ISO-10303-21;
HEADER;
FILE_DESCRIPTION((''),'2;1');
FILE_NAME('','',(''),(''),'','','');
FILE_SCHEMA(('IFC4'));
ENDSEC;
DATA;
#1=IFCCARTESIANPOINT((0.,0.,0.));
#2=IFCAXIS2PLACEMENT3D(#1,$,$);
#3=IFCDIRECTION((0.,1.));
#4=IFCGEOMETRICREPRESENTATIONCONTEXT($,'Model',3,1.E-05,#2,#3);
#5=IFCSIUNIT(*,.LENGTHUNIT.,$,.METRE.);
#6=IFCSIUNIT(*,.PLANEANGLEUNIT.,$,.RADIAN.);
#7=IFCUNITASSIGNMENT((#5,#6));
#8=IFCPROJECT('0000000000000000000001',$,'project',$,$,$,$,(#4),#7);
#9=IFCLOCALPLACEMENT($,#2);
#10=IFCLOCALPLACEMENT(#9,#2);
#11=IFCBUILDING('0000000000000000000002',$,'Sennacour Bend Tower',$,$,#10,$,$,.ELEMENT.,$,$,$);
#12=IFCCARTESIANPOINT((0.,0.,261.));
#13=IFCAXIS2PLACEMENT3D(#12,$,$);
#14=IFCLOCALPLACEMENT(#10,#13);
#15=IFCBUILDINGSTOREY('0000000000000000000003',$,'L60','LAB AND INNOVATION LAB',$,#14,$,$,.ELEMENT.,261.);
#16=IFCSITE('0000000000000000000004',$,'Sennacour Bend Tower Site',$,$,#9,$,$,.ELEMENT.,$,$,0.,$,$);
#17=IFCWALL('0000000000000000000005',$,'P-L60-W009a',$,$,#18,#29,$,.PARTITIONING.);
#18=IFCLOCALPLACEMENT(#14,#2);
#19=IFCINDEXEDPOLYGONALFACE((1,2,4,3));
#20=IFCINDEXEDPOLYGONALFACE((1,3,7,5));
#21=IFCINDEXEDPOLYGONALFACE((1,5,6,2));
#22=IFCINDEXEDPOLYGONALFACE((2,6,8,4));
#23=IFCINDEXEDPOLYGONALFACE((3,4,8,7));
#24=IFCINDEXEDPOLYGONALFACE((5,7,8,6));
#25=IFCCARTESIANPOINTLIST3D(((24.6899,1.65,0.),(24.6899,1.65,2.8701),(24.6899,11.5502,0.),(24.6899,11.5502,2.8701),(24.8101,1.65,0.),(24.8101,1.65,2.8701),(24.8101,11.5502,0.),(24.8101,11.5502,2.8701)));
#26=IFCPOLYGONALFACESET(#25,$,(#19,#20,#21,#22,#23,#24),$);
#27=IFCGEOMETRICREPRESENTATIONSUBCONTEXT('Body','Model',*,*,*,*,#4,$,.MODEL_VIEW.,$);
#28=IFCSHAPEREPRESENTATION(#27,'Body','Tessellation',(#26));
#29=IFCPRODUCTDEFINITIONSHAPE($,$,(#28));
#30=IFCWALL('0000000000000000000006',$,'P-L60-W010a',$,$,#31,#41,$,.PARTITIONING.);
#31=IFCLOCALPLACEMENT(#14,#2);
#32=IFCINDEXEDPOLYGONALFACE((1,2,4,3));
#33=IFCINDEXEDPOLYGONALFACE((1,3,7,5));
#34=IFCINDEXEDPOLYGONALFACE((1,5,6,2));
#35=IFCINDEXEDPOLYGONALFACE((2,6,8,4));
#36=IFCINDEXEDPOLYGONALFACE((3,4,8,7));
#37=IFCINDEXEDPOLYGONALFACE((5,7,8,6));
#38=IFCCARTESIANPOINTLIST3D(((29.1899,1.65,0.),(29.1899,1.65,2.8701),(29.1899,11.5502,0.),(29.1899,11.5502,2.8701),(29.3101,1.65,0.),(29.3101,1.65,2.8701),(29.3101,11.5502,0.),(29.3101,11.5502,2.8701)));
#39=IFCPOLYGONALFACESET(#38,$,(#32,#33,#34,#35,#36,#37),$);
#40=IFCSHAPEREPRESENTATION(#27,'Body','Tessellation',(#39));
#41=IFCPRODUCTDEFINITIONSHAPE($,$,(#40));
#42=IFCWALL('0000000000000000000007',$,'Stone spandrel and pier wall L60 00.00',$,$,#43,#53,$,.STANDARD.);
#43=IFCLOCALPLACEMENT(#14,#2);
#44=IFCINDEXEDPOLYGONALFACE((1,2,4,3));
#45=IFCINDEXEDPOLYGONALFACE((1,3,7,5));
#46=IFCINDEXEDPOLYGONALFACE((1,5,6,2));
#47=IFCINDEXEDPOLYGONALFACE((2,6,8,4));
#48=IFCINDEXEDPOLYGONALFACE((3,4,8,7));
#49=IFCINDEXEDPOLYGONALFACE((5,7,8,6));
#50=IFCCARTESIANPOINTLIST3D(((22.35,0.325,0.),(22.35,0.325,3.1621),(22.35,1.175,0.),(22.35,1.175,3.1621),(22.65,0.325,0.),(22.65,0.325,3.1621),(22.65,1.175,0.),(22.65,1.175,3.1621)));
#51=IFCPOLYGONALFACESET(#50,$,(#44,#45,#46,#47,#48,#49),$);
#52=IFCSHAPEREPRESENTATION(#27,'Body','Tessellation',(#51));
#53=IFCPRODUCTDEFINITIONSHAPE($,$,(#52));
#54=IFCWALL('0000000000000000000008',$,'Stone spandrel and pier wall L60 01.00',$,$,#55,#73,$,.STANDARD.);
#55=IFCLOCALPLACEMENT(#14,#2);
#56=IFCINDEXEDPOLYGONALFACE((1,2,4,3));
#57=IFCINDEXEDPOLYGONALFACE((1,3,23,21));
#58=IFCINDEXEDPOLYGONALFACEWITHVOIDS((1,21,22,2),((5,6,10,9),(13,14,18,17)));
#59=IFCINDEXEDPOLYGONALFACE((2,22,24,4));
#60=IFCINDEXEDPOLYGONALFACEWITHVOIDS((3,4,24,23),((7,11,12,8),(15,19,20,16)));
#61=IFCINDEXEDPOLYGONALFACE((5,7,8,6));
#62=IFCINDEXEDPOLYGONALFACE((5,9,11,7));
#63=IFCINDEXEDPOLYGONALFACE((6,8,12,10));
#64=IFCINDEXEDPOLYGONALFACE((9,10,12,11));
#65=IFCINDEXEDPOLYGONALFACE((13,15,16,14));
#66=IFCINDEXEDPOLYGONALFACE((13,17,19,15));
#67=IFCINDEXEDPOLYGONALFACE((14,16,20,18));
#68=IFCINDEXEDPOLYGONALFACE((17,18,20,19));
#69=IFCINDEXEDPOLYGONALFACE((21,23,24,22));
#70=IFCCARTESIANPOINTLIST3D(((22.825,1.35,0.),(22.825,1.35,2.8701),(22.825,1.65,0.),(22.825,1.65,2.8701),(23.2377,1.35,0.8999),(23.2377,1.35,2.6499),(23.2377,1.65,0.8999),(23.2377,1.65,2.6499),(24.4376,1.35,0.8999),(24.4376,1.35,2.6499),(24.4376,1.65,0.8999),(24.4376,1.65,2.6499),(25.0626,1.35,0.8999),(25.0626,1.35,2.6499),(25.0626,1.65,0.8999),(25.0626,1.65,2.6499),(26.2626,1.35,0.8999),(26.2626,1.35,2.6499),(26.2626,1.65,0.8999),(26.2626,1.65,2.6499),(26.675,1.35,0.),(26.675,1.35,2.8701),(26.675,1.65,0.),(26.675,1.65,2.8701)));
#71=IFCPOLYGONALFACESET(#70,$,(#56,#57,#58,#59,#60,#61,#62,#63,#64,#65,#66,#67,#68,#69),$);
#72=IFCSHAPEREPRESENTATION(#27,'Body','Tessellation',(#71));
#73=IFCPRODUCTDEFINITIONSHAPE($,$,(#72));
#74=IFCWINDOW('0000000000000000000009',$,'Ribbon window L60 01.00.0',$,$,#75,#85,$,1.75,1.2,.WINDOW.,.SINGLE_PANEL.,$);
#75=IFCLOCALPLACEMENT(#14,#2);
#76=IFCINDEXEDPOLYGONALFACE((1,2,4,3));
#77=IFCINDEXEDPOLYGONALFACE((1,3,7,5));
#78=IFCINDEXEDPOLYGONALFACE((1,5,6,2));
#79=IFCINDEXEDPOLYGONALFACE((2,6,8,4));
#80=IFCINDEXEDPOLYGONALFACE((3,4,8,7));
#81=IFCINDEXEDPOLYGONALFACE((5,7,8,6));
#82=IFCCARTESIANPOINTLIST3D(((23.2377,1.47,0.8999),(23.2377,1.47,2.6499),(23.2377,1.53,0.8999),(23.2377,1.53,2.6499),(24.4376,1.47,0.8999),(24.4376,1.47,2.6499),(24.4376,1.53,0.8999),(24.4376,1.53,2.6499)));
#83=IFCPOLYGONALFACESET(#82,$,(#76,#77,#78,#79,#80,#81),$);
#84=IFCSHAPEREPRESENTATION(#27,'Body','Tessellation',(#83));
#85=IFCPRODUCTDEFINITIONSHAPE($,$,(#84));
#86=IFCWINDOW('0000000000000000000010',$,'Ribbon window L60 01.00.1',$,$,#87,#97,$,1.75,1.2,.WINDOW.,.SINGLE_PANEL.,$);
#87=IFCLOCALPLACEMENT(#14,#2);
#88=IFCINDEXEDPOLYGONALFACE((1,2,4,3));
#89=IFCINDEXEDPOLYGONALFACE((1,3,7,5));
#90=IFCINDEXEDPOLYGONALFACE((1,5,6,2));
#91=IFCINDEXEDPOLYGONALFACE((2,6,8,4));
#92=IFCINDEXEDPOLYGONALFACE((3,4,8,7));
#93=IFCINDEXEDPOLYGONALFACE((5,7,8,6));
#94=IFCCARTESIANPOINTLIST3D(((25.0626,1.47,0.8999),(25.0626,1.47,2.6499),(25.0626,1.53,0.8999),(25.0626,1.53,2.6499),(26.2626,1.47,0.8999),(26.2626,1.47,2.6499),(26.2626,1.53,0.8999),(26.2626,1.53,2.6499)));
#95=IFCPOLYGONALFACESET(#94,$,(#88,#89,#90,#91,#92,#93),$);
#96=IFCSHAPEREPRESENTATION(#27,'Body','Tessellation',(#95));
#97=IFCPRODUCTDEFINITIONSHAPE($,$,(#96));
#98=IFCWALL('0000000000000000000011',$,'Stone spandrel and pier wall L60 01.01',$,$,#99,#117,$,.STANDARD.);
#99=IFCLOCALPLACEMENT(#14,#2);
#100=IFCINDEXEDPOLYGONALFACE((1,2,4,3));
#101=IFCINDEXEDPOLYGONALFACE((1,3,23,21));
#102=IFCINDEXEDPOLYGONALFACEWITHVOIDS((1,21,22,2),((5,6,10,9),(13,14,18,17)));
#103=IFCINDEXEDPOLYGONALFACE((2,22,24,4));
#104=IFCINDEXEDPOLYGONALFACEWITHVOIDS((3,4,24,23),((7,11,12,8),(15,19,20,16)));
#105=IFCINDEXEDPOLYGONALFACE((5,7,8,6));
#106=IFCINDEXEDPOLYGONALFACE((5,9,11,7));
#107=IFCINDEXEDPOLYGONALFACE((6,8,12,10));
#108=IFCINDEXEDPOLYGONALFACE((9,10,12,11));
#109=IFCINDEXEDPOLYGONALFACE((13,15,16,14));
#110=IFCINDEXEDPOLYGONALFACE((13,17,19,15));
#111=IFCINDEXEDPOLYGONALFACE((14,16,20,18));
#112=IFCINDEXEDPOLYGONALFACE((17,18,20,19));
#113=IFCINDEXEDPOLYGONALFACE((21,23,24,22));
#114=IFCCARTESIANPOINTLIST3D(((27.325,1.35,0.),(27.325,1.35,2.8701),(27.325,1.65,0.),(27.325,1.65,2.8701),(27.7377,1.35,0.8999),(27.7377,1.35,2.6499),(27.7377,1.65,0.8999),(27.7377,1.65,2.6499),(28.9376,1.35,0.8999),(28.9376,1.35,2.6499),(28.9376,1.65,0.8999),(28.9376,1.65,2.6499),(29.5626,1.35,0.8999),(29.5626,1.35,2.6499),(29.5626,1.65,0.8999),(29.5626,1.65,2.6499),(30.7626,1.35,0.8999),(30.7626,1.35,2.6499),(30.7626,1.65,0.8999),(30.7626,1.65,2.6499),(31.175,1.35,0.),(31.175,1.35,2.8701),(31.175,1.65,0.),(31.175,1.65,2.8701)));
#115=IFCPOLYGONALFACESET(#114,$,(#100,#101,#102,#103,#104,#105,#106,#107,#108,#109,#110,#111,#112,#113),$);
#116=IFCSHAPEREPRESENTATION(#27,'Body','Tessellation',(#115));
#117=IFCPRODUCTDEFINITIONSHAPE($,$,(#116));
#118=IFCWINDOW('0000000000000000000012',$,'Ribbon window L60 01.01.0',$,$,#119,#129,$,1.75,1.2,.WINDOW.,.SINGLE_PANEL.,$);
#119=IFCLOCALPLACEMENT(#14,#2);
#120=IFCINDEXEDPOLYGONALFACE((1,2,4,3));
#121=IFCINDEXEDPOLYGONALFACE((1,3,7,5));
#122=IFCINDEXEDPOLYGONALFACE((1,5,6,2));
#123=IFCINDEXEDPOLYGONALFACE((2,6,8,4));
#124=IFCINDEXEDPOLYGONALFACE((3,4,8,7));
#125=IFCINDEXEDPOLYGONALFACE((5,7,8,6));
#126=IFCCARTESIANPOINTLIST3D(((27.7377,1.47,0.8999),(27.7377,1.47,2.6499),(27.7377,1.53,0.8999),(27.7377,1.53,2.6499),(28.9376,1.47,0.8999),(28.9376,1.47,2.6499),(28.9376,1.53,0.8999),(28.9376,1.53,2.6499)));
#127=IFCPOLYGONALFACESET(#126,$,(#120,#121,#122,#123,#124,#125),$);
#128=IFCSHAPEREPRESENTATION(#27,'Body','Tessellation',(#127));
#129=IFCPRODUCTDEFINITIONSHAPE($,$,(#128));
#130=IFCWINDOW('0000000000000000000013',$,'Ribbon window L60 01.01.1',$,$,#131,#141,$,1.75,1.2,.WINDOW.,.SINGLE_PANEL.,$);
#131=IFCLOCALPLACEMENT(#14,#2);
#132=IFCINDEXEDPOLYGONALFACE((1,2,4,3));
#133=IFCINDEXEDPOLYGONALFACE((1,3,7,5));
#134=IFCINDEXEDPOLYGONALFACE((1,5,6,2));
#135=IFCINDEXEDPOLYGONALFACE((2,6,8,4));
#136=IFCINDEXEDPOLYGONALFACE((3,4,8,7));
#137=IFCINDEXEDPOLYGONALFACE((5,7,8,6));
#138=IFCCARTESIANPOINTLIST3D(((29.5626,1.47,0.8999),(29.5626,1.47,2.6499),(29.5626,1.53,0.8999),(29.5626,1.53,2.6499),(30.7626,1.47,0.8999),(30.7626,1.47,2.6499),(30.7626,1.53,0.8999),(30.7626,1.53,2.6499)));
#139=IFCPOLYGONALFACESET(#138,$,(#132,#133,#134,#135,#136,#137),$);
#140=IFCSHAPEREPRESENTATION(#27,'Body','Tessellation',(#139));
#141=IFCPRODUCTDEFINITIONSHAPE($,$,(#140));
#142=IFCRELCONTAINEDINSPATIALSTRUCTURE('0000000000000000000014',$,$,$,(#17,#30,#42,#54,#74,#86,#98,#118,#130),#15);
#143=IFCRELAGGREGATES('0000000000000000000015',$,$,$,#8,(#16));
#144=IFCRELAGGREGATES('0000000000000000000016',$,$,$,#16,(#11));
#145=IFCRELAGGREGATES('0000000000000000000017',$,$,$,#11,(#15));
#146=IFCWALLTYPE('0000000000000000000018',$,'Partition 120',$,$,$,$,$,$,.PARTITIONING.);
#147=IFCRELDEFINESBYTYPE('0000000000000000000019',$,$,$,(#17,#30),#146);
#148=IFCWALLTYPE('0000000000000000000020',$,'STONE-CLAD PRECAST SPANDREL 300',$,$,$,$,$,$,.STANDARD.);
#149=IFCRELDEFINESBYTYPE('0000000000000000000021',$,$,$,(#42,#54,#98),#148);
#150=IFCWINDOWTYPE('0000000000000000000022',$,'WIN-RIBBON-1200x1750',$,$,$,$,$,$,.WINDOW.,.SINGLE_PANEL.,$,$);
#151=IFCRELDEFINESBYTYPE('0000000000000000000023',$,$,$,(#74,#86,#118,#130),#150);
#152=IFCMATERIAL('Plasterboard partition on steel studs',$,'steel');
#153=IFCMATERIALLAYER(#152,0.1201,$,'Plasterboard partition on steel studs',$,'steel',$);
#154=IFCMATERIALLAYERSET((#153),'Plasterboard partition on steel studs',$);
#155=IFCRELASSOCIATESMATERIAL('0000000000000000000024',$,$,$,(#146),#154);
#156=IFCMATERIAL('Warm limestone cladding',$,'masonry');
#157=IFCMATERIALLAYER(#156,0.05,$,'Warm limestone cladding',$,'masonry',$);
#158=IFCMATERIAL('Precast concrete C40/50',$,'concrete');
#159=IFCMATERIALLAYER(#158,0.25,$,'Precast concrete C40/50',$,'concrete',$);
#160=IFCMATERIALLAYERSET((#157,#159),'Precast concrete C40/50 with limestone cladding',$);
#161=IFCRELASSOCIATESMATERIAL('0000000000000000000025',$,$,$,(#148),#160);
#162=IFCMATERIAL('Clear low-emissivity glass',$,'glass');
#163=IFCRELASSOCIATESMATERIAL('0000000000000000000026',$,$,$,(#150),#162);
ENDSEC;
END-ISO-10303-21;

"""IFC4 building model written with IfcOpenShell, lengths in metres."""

from ifc_helpers import new_model, si_unit, direction, frame, frame_2d, origin, place, context, subcontext, project, spatial, rectangle, extrude, material, layer, layer_set, type_object, element, fill, save


model = new_model("IFC4")

# Units and contexts
model_context = context("Model", 3, precision=1e-05, world=origin(), true_north=direction((0.0, 1.0)))
body_context = subcontext(model_context, "Body", "Model", "MODEL_VIEW")
ifc_project = project(units=[si_unit("LENGTHUNIT", "METRE"), si_unit("PLANEANGLEUNIT", "RADIAN")], contexts=[model_context])

# Site, building, storey
site_placement = place(None, origin())
site = spatial("IfcSite", under=ifc_project, at=site_placement, Name="Sennacour Bend Tower Site", CompositionType="ELEMENT", RefElevation=0.0)
building_placement = place(site_placement, origin())
building = spatial("IfcBuilding", under=site, at=building_placement, Name="Sennacour Bend Tower", CompositionType="ELEMENT")
storey_placement = place(building_placement, frame((0.0, 0.0, 261.0)))
storey = spatial("IfcBuildingStorey", under=building, at=storey_placement, Name="L60", Description="LAB AND INNOVATION LAB", CompositionType="ELEMENT", Elevation=261.0)

# Walls
ifc_material_1 = material(Name="Plasterboard partition on steel studs", Category="steel")
ifc_layer_1 = layer(ifc_material_1, 0.1201, Name="Plasterboard partition on steel studs", Category="steel")
ifc_layer_set_1 = layer_set([ifc_layer_1], Name="Plasterboard partition on steel studs")
wall_type_1 = type_object("IfcWallType", Name="Partition 120", PredefinedType="PARTITIONING", material=ifc_layer_set_1)
for number, where, z_axis, x_axis, name in (
    (1, (24.75, 1.6499, 0.0), (0.0, 0.0, 1.0), (0.0, 1.0, 0.0), "P-L60-W009a"),
    (2, (29.25, 1.6499, 0.0), (0.0, 0.0, 1.0), (0.0, 1.0, 0.0), "P-L60-W010a"),
):
    element("IfcWall", number, at=place(storey_placement, frame(where, z_axis=z_axis, x_axis=x_axis)), inside=storey, type_object=wall_type_1, Name=name, PredefinedType="PARTITIONING", context=body_context, shape_type="SweptSolid", body=[
        extrude(rectangle(XDim=9.9001, YDim=0.1201, at=frame_2d((4.9502, 0.0))), origin(), (0.0, 0.0, 1.0), 2.8701),
    ])
ifc_material_2 = material(Name="Warm limestone cladding", Category="masonry")
ifc_layer_2 = layer(ifc_material_2, 0.05, Name="Warm limestone cladding", Category="masonry")
ifc_material_3 = material(Name="Precast concrete C40/50", Category="concrete")
ifc_layer_3 = layer(ifc_material_3, 0.25, Name="Precast concrete C40/50", Category="concrete")
ifc_layer_set_2 = layer_set([ifc_layer_2, ifc_layer_3], Name="Precast concrete C40/50 with limestone cladding")
wall_type_2 = type_object("IfcWallType", Name="STONE-CLAD PRECAST SPANDREL 300", PredefinedType="STANDARD", material=ifc_layer_set_2)
wall_1_placement = place(storey_placement, frame((22.5, 0.325, 0.0), z_axis=(0.0, 0.0, 1.0), x_axis=(0.0, 1.0, 0.0)))
element("IfcWall", 3, at=wall_1_placement, inside=storey, type_object=wall_type_2, Name="Stone spandrel and pier wall L60 00.00", PredefinedType="STANDARD", context=body_context, shape_type="SweptSolid", body=[
    extrude(rectangle(XDim=0.8501, YDim=0.3, at=frame_2d((0.425, 0.0))), origin(), (0.0, 0.0, 1.0), 3.1621),
])

# Walls, openings, windows
wall_2_placement = place(storey_placement, frame((22.825, 1.5, 0.0), z_axis=(0.0, 0.0, 1.0), x_axis=(1.0, 0.0, 0.0)))
wall_2 = element("IfcWall", 4, at=wall_2_placement, inside=storey, type_object=wall_type_2, Name="Stone spandrel and pier wall L60 01.00", PredefinedType="STANDARD", context=body_context, shape_type="SweptSolid", body=[
    extrude(rectangle(XDim=3.8501, YDim=0.3, at=frame_2d((1.925, 0.0))), origin(), (0.0, 0.0, 1.0), 2.8701),
])
opening_1_placement = place(wall_2_placement, frame((0.4126, 0.0, 0.8999)))
opening_1 = element("IfcOpeningElement", 5, at=opening_1_placement, cuts=wall_2, PredefinedType="OPENING", context=body_context, shape_type="SweptSolid", body=[
    extrude(rectangle(XDim=1.2, YDim=1.75, at=frame_2d((0.6001, 0.875))), frame((0.0, 0.1602, 0.0), z_axis=(0.0, -1.0, 0.0), x_axis=(1.0, 0.0, 0.0)), (0.0, 0.0, 1.0), 0.3201),
])
opening_2_placement = place(wall_2_placement, frame((2.2375, 0.0, 0.8999)))
opening_2 = element("IfcOpeningElement", 6, at=opening_2_placement, cuts=wall_2, PredefinedType="OPENING", context=body_context, shape_type="SweptSolid", body=[
    extrude(rectangle(XDim=1.2, YDim=1.75, at=frame_2d((0.6001, 0.875))), frame((0.0, 0.1602, 0.0), z_axis=(0.0, -1.0, 0.0), x_axis=(1.0, 0.0, 0.0)), (0.0, 0.0, 1.0), 0.3201),
])
ifc_material_4 = material(Name="Clear low-emissivity glass", Category="glass")
window_type = type_object("IfcWindowType", Name="WIN-RIBBON-1200x1750", PartitioningType="SINGLE_PANEL", PredefinedType="WINDOW", material=ifc_material_4)
window_1_placement = place(opening_1_placement, origin())
window_1 = element("IfcWindow", 7, at=window_1_placement, inside=storey, type_object=window_type, Name="Ribbon window L60 01.00.0", OverallHeight=1.75, OverallWidth=1.2, PartitioningType="SINGLE_PANEL", PredefinedType="WINDOW", context=body_context, shape_type="SweptSolid", body=[
    extrude(rectangle(XDim=1.2, YDim=1.75, at=frame_2d((0.6001, 0.875))), frame((0.0, 0.03, 0.0), z_axis=(0.0, -1.0, 0.0), x_axis=(1.0, 0.0, 0.0)), (0.0, 0.0, 1.0), 0.0601),
])
fill(opening_1, window_1)
window_2_placement = place(opening_2_placement, origin())
window_2 = element("IfcWindow", 8, at=window_2_placement, inside=storey, type_object=window_type, Name="Ribbon window L60 01.00.1", OverallHeight=1.75, OverallWidth=1.2, PartitioningType="SINGLE_PANEL", PredefinedType="WINDOW", context=body_context, shape_type="SweptSolid", body=[
    extrude(rectangle(XDim=1.2, YDim=1.75, at=frame_2d((0.6001, 0.875))), frame((0.0, 0.03, 0.0), z_axis=(0.0, -1.0, 0.0), x_axis=(1.0, 0.0, 0.0)), (0.0, 0.0, 1.0), 0.0601),
])
fill(opening_2, window_2)
wall_3_placement = place(storey_placement, frame((27.325, 1.5, 0.0), z_axis=(0.0, 0.0, 1.0), x_axis=(1.0, 0.0, 0.0)))
wall_3 = element("IfcWall", 9, at=wall_3_placement, inside=storey, type_object=wall_type_2, Name="Stone spandrel and pier wall L60 01.01", PredefinedType="STANDARD", context=body_context, shape_type="SweptSolid", body=[
    extrude(rectangle(XDim=3.8501, YDim=0.3, at=frame_2d((1.925, 0.0))), origin(), (0.0, 0.0, 1.0), 2.8701),
])
opening_3_placement = place(wall_3_placement, frame((0.4126, 0.0, 0.8999)))
opening_3 = element("IfcOpeningElement", 10, at=opening_3_placement, cuts=wall_3, PredefinedType="OPENING", context=body_context, shape_type="SweptSolid", body=[
    extrude(rectangle(XDim=1.2, YDim=1.75, at=frame_2d((0.6001, 0.875))), frame((0.0, 0.1602, 0.0), z_axis=(0.0, -1.0, 0.0), x_axis=(1.0, 0.0, 0.0)), (0.0, 0.0, 1.0), 0.3201),
])
opening_4_placement = place(wall_3_placement, frame((2.2375, 0.0, 0.8999)))
opening_4 = element("IfcOpeningElement", 11, at=opening_4_placement, cuts=wall_3, PredefinedType="OPENING", context=body_context, shape_type="SweptSolid", body=[
    extrude(rectangle(XDim=1.2, YDim=1.75, at=frame_2d((0.6001, 0.875))), frame((0.0, 0.1602, 0.0), z_axis=(0.0, -1.0, 0.0), x_axis=(1.0, 0.0, 0.0)), (0.0, 0.0, 1.0), 0.3201),
])
window_3_placement = place(opening_3_placement, origin())
window_3 = element("IfcWindow", 12, at=window_3_placement, inside=storey, type_object=window_type, Name="Ribbon window L60 01.01.0", OverallHeight=1.75, OverallWidth=1.2, PartitioningType="SINGLE_PANEL", PredefinedType="WINDOW", context=body_context, shape_type="SweptSolid", body=[
    extrude(rectangle(XDim=1.2, YDim=1.75, at=frame_2d((0.6001, 0.875))), frame((0.0, 0.03, 0.0), z_axis=(0.0, -1.0, 0.0), x_axis=(1.0, 0.0, 0.0)), (0.0, 0.0, 1.0), 0.0601),
])
fill(opening_3, window_3)
window_4_placement = place(opening_4_placement, origin())
window_4 = element("IfcWindow", 13, at=window_4_placement, inside=storey, type_object=window_type, Name="Ribbon window L60 01.01.1", OverallHeight=1.75, OverallWidth=1.2, PartitioningType="SINGLE_PANEL", PredefinedType="WINDOW", context=body_context, shape_type="SweptSolid", body=[
    extrude(rectangle(XDim=1.2, YDim=1.75, at=frame_2d((0.6001, 0.875))), frame((0.0, 0.03, 0.0), z_axis=(0.0, -1.0, 0.0), x_axis=(1.0, 0.0, 0.0)), (0.0, 0.0, 1.0), 0.0601),
])
fill(opening_4, window_4)

save(model, "model.ifc")
